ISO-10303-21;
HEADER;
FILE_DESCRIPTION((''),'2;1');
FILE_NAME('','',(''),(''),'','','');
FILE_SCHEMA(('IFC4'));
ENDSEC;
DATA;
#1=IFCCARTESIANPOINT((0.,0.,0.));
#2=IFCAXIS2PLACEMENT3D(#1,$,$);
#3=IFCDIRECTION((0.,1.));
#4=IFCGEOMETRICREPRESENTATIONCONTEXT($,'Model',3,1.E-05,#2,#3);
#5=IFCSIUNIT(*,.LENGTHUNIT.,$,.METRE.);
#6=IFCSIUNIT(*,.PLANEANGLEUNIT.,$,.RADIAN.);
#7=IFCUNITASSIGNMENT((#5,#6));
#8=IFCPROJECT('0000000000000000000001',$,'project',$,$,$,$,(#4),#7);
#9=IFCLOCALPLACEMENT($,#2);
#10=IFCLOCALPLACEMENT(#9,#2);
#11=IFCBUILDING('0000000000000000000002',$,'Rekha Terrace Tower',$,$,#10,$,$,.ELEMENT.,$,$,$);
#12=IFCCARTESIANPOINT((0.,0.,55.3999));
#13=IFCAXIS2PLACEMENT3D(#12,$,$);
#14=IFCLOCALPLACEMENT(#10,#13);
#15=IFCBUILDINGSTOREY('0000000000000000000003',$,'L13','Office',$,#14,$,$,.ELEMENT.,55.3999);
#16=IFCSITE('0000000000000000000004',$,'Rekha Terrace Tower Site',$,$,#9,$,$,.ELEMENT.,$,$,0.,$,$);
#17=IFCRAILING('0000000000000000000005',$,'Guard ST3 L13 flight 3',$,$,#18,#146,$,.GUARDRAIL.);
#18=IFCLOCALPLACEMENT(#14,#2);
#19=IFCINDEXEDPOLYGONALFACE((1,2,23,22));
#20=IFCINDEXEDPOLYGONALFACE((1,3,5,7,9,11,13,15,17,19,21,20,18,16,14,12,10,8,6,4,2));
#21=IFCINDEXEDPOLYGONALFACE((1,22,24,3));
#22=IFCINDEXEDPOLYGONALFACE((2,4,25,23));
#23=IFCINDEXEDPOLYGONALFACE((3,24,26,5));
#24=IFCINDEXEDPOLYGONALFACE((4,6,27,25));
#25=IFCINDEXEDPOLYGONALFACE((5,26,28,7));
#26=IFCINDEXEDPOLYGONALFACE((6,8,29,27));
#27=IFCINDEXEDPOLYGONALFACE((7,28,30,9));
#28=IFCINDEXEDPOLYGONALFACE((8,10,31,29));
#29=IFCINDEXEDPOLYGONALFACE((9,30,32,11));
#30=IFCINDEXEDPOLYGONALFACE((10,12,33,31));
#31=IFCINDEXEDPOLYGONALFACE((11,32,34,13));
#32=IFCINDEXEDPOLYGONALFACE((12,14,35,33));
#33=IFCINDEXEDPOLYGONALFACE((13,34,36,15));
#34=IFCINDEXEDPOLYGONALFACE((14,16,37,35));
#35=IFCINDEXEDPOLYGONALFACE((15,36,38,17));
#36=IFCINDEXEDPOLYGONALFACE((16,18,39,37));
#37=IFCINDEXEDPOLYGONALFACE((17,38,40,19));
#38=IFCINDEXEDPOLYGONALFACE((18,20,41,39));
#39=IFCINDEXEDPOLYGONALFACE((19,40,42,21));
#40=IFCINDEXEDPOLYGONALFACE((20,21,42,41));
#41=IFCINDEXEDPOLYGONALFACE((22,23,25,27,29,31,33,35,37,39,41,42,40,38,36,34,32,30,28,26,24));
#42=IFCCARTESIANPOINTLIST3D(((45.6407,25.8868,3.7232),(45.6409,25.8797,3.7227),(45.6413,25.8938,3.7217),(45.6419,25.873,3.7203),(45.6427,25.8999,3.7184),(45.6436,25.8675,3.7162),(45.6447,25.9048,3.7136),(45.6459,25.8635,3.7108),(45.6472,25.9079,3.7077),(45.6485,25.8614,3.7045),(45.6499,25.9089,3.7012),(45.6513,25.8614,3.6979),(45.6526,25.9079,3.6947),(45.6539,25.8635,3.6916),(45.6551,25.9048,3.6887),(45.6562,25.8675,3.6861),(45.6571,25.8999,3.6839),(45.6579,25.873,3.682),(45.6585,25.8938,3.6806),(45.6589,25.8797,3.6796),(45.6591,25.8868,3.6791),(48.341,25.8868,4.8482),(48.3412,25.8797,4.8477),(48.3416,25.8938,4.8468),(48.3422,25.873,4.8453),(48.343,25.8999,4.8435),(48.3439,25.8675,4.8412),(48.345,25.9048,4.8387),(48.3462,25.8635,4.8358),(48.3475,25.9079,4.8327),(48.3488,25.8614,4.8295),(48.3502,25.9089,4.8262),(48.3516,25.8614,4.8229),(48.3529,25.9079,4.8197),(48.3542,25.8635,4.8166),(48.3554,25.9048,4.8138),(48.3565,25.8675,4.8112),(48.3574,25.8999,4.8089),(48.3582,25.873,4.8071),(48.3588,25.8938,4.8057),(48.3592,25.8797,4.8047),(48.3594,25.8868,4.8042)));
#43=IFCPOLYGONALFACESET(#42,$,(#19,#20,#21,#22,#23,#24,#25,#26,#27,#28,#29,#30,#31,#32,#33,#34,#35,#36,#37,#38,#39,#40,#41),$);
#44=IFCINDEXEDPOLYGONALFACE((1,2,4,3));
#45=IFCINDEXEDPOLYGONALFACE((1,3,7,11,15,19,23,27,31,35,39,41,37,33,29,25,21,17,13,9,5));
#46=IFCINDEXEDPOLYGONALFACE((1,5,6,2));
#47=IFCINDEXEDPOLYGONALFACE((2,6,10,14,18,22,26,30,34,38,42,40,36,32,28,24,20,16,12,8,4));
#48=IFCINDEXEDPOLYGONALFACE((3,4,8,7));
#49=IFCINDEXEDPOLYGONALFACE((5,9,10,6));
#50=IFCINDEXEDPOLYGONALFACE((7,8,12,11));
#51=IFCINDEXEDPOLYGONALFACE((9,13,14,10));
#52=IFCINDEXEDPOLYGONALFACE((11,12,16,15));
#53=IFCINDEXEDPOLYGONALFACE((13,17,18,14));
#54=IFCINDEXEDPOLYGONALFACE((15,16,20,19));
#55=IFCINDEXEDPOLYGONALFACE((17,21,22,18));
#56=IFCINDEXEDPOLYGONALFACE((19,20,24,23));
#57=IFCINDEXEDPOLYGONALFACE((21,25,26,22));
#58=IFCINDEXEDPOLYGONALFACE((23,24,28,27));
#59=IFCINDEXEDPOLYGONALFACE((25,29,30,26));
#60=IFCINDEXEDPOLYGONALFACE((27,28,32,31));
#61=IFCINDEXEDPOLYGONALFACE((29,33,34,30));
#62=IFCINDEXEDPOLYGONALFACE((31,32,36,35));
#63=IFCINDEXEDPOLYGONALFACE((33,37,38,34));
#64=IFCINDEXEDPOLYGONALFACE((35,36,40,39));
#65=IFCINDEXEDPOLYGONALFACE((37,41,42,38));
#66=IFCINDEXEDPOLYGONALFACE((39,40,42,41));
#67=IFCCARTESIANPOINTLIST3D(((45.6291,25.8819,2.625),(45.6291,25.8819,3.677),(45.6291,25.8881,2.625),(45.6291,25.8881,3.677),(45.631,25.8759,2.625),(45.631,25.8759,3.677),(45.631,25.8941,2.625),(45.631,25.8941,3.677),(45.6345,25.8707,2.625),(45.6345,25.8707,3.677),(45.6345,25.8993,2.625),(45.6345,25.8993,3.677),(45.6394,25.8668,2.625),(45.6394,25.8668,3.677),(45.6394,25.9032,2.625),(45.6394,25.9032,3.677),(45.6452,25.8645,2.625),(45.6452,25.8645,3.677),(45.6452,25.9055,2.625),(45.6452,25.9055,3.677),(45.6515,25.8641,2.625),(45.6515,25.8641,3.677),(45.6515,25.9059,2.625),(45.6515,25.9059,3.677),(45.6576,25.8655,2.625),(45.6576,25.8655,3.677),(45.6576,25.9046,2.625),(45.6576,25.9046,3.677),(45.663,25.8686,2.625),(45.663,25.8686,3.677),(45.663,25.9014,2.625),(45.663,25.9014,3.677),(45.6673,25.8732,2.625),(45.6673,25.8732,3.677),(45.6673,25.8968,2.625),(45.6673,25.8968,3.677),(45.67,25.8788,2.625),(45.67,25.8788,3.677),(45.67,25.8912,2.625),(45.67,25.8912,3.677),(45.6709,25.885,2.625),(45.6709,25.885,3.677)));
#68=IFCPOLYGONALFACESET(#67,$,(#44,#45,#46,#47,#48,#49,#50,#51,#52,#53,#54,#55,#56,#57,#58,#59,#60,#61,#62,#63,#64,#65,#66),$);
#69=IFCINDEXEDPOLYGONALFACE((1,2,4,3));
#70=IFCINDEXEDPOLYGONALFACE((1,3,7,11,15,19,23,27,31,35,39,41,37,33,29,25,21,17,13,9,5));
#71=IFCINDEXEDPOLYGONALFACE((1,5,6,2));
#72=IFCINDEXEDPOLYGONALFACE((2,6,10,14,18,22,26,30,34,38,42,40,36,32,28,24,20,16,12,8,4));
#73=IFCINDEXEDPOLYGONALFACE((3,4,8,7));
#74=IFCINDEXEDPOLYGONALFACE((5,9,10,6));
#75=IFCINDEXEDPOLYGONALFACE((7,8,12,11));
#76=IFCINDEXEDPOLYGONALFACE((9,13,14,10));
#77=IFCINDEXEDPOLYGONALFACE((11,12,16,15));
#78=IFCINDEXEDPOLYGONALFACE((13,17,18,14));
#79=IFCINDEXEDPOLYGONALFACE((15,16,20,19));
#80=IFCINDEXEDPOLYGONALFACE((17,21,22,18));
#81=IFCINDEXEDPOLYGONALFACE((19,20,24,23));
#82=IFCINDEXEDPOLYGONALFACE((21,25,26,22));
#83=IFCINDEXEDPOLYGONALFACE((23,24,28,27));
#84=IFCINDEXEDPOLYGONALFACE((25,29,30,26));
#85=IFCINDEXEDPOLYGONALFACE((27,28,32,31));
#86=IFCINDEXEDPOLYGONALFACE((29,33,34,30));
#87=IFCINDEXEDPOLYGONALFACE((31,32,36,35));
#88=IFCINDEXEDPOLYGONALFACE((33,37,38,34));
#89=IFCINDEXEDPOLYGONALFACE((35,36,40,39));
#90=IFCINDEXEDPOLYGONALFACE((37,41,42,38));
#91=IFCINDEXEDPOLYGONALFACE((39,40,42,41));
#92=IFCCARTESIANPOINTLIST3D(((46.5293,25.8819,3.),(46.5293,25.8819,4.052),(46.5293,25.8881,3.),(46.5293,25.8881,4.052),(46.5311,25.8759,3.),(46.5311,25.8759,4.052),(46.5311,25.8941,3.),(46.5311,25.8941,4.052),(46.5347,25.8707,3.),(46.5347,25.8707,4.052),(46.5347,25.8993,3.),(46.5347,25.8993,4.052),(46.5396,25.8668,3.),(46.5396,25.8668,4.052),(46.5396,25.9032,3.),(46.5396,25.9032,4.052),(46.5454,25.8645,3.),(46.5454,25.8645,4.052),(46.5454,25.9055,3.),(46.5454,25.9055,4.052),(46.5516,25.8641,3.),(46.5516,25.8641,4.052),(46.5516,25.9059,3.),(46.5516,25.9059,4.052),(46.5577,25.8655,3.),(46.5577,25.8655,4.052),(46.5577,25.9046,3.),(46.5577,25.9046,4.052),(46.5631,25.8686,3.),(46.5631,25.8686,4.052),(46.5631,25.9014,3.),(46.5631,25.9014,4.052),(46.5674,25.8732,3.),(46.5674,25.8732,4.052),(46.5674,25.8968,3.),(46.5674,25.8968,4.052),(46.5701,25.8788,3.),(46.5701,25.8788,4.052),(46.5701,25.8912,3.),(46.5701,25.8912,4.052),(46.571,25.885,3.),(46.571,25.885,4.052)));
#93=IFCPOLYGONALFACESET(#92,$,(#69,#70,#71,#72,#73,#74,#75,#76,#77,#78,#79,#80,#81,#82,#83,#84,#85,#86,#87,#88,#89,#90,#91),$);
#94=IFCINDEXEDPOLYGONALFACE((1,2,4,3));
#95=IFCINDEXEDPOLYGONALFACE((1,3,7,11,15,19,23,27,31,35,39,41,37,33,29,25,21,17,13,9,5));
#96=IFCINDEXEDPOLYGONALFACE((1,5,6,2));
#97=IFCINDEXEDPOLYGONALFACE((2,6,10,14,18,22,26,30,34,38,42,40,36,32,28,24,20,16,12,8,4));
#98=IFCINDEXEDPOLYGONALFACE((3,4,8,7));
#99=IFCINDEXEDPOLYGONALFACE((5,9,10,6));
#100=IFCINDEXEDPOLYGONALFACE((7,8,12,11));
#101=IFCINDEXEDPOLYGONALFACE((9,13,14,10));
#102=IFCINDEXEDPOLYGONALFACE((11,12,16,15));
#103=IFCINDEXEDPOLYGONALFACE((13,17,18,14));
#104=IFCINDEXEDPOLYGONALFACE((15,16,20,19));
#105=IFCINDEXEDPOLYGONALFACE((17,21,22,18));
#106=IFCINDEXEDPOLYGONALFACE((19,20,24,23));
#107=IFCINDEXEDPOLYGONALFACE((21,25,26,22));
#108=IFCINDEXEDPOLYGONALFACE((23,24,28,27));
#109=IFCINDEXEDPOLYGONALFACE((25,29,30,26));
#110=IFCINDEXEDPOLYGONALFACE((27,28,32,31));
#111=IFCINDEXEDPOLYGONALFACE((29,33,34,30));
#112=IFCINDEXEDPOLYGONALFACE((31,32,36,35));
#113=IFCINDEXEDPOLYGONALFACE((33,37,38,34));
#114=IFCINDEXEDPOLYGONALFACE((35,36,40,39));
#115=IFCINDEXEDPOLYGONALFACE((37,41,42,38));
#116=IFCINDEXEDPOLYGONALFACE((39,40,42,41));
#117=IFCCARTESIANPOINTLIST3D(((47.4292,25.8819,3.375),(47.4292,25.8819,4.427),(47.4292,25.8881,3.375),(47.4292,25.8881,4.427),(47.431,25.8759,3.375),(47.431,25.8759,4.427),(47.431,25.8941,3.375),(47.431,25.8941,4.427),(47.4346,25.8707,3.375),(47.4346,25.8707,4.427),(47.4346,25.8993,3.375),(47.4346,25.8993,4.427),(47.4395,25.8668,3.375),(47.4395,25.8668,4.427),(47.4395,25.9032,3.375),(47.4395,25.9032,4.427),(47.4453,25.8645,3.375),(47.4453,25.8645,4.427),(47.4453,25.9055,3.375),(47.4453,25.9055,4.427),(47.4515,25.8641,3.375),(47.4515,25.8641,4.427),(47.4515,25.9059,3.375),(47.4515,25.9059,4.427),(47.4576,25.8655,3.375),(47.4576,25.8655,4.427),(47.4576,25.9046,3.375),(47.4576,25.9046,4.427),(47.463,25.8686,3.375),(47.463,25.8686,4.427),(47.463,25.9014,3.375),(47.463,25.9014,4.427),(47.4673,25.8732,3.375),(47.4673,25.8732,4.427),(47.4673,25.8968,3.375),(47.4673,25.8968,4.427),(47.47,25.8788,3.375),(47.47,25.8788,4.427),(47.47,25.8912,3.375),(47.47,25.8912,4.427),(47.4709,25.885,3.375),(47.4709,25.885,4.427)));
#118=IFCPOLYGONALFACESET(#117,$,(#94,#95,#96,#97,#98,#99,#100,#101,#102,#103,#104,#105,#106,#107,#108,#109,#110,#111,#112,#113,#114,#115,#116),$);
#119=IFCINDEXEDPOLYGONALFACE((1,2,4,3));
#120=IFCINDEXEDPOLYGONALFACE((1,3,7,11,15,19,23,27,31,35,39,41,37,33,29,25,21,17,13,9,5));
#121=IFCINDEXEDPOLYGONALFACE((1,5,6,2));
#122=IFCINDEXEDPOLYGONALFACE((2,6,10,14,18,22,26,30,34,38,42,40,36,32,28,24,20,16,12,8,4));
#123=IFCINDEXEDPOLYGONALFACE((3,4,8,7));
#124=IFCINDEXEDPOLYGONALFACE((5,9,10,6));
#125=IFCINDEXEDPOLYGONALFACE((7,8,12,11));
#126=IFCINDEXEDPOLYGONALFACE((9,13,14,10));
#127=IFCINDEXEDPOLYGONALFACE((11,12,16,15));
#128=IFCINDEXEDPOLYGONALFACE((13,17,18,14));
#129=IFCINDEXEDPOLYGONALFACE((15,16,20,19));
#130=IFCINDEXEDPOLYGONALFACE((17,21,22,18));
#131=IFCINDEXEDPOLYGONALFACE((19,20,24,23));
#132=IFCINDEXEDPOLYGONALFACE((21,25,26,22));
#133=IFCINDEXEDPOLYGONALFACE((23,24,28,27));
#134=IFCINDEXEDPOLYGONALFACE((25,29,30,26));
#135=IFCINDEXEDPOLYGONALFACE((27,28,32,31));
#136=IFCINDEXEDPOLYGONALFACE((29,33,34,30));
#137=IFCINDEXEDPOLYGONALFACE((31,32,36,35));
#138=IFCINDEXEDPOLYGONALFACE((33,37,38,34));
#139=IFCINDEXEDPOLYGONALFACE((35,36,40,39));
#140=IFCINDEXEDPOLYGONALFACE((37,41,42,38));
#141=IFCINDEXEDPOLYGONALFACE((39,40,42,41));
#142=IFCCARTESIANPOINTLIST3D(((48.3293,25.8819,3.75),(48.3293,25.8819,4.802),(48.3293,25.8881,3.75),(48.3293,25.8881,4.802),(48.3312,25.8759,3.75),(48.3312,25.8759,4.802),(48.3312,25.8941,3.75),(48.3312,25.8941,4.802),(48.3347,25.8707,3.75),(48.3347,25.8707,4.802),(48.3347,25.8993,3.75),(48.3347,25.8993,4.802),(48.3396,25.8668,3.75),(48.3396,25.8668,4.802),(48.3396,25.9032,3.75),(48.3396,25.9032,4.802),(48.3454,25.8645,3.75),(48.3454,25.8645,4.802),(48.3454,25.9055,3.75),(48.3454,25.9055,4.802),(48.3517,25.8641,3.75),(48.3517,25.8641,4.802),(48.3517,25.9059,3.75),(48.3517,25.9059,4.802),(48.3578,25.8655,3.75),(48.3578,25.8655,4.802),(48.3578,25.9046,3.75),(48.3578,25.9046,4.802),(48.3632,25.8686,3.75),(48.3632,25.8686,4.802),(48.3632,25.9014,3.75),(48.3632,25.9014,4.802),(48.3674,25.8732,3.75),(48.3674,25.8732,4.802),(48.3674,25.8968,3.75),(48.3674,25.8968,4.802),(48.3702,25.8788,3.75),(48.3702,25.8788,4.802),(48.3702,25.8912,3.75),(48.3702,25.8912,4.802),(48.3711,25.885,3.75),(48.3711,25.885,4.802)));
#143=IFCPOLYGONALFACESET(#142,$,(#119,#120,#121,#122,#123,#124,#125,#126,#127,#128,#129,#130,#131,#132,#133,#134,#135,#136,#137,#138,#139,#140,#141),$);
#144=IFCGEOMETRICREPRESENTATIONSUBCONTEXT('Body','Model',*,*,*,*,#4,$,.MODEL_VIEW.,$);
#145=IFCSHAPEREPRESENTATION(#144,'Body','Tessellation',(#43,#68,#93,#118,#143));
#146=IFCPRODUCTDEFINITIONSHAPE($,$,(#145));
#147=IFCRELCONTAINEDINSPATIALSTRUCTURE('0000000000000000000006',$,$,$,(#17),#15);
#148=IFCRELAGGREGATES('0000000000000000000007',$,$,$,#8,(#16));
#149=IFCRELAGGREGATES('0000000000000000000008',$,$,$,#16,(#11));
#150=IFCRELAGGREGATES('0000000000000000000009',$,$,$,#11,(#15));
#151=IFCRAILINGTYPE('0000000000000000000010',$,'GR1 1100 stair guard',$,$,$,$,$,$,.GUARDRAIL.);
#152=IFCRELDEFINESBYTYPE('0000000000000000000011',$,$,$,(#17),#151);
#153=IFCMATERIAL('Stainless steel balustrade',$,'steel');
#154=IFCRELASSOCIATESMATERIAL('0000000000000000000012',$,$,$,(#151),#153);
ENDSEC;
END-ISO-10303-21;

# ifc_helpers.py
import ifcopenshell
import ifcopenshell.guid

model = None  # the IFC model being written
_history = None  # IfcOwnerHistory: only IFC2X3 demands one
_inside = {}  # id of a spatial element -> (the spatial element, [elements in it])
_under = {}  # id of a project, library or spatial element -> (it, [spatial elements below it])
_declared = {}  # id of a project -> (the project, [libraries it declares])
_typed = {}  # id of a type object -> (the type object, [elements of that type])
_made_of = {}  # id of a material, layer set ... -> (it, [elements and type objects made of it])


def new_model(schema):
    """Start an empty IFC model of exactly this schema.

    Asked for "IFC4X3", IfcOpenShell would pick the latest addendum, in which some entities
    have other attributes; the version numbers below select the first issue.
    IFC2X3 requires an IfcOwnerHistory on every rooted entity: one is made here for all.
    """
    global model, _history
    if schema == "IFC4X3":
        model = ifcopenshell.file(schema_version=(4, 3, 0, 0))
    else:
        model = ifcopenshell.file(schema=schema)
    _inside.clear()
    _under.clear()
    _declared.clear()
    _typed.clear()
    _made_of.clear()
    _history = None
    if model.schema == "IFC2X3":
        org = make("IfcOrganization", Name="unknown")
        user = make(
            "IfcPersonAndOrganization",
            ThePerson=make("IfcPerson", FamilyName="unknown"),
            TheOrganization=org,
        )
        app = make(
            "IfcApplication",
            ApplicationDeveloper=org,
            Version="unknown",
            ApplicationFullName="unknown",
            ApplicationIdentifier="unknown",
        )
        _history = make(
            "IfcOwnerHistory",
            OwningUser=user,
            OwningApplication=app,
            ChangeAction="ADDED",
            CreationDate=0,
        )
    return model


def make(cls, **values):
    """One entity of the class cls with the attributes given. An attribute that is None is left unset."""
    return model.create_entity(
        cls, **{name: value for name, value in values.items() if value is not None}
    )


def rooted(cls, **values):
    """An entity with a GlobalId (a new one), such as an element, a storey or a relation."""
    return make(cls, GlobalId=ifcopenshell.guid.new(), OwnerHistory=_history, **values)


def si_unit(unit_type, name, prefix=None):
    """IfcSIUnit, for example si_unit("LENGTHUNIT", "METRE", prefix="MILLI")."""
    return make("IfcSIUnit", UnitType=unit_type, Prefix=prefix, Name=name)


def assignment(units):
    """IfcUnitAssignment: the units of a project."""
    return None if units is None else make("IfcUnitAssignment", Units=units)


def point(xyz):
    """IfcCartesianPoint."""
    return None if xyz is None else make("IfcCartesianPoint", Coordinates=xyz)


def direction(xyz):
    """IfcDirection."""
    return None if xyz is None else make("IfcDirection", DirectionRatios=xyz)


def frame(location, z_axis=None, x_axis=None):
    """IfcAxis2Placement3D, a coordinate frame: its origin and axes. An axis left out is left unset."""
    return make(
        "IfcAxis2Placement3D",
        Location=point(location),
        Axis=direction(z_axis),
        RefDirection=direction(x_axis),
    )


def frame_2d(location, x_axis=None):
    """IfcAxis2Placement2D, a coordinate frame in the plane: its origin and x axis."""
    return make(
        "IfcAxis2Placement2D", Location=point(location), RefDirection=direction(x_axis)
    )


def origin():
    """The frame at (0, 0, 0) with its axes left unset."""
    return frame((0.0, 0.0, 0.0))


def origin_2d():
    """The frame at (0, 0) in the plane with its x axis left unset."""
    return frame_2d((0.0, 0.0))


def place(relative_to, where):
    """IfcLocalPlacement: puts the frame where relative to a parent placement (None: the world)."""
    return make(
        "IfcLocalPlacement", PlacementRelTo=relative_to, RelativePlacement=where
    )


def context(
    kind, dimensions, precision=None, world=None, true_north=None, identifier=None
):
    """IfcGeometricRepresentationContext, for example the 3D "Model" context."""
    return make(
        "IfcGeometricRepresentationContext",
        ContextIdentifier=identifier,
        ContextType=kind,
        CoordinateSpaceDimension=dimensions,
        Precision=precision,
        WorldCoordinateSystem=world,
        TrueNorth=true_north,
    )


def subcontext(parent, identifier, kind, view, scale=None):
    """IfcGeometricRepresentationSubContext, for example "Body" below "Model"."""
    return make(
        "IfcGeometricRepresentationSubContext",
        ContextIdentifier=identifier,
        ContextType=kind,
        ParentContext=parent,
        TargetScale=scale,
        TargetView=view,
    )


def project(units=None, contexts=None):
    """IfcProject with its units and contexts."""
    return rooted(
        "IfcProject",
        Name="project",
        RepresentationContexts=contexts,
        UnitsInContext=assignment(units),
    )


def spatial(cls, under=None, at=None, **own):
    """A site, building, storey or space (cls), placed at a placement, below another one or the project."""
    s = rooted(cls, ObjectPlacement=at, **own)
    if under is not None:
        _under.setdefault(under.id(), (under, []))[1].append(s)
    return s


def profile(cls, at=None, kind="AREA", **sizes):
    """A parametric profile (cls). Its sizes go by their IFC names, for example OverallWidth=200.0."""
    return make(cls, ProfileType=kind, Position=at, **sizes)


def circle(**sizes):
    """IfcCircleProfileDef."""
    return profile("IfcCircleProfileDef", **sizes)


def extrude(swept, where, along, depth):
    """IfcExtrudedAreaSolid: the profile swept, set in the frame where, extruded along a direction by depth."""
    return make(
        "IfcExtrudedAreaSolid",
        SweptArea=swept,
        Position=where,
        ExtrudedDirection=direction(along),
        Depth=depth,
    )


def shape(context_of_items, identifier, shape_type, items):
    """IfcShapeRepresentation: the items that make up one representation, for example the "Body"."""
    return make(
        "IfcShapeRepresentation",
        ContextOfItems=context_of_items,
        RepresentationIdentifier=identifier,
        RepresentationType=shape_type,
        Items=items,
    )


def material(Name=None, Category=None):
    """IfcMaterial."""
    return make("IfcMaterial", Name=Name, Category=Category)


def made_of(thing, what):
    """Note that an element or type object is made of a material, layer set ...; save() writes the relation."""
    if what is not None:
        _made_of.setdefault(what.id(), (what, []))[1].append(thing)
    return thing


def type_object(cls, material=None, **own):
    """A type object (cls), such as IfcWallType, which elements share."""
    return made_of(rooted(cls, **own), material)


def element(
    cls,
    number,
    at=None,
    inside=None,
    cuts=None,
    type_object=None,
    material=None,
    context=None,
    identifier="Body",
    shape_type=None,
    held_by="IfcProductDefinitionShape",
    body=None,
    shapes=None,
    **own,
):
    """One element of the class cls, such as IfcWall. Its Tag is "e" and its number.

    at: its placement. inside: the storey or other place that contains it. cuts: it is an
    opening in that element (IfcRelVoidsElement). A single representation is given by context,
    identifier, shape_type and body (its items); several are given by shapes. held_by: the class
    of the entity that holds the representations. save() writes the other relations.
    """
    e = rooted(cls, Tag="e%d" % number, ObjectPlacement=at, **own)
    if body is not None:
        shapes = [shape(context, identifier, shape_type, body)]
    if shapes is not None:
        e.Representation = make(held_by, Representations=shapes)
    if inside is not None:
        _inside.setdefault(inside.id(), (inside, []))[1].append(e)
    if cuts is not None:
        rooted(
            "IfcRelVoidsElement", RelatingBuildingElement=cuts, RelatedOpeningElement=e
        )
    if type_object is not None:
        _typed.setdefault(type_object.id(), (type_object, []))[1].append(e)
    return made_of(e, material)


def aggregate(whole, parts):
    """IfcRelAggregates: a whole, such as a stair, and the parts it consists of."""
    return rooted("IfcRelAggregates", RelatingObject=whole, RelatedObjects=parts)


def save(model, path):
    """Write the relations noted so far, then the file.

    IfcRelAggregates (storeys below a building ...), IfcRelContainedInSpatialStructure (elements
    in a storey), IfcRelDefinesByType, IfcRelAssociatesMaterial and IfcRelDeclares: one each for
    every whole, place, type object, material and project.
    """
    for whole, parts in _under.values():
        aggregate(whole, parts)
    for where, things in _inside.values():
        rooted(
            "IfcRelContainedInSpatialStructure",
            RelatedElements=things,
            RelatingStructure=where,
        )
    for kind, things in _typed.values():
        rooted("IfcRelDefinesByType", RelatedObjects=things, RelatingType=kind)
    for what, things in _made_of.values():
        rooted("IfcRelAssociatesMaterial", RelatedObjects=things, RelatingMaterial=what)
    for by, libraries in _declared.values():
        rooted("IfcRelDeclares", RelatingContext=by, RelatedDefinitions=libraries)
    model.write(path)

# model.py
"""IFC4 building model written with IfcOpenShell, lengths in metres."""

from ifc_helpers import new_model, si_unit, direction, frame, origin, origin_2d, place, context, subcontext, project, spatial, circle, extrude, material, type_object, element, save


model = new_model("IFC4")

# Units and contexts
model_context = context("Model", 3, precision=1e-05, world=origin(), true_north=direction((0.0, 1.0)))
body_context = subcontext(model_context, "Body", "Model", "MODEL_VIEW")
ifc_project = project(units=[si_unit("LENGTHUNIT", "METRE"), si_unit("PLANEANGLEUNIT", "RADIAN")], contexts=[model_context])

# Site, building, storey
site_placement = place(None, origin())
site = spatial("IfcSite", under=ifc_project, at=site_placement, Name="Rekha Terrace Tower Site", CompositionType="ELEMENT", RefElevation=0.0)
building_placement = place(site_placement, origin())
building = spatial("IfcBuilding", under=site, at=building_placement, Name="Rekha Terrace Tower", CompositionType="ELEMENT")
storey_placement = place(building_placement, frame((0.0, 0.0, 55.3999)))
storey = spatial("IfcBuildingStorey", under=building, at=storey_placement, Name="L13", Description="Office", CompositionType="ELEMENT", Elevation=55.3999)

# Railing
ifc_material_1 = material(Name="Stainless steel balustrade", Category="steel")
railing_type_1 = type_object("IfcRailingType", Name="GR1 1100 stair guard", PredefinedType="GUARDRAIL", material=ifc_material_1)
railing_1_placement = place(storey_placement, frame((45.6499, 25.885, 2.625)))
element("IfcRailing", 1, at=railing_1_placement, inside=storey, type_object=railing_type_1, Name="Guard ST3 L13 flight 3", PredefinedType="GUARDRAIL", context=body_context, shape_type="SweptSolid", body=[
    extrude(circle(Radius=0.0239, at=origin_2d()), frame((0.0, 0.0, 1.0762), z_axis=(0.923087, 0.0, 0.384592), x_axis=(0.0, 1.0, 0.0)), (0.0, 0.0, 1.0), 2.9253),
    extrude(circle(Radius=0.021, at=origin_2d()), origin(), (0.0, 0.0, 1.0), 1.052),
    extrude(circle(Radius=0.021, at=origin_2d()), frame((0.9001, 0.0, 0.375)), (0.0, 0.0, 1.0), 1.052),
    extrude(circle(Radius=0.021, at=origin_2d()), frame((1.8, 0.0, 0.75)), (0.0, 0.0, 1.0), 1.052),
    extrude(circle(Radius=0.021, at=origin_2d()), frame((2.7002, 0.0, 1.125)), (0.0, 0.0, 1.0), 1.052),
])

save(model, "model.ifc")
